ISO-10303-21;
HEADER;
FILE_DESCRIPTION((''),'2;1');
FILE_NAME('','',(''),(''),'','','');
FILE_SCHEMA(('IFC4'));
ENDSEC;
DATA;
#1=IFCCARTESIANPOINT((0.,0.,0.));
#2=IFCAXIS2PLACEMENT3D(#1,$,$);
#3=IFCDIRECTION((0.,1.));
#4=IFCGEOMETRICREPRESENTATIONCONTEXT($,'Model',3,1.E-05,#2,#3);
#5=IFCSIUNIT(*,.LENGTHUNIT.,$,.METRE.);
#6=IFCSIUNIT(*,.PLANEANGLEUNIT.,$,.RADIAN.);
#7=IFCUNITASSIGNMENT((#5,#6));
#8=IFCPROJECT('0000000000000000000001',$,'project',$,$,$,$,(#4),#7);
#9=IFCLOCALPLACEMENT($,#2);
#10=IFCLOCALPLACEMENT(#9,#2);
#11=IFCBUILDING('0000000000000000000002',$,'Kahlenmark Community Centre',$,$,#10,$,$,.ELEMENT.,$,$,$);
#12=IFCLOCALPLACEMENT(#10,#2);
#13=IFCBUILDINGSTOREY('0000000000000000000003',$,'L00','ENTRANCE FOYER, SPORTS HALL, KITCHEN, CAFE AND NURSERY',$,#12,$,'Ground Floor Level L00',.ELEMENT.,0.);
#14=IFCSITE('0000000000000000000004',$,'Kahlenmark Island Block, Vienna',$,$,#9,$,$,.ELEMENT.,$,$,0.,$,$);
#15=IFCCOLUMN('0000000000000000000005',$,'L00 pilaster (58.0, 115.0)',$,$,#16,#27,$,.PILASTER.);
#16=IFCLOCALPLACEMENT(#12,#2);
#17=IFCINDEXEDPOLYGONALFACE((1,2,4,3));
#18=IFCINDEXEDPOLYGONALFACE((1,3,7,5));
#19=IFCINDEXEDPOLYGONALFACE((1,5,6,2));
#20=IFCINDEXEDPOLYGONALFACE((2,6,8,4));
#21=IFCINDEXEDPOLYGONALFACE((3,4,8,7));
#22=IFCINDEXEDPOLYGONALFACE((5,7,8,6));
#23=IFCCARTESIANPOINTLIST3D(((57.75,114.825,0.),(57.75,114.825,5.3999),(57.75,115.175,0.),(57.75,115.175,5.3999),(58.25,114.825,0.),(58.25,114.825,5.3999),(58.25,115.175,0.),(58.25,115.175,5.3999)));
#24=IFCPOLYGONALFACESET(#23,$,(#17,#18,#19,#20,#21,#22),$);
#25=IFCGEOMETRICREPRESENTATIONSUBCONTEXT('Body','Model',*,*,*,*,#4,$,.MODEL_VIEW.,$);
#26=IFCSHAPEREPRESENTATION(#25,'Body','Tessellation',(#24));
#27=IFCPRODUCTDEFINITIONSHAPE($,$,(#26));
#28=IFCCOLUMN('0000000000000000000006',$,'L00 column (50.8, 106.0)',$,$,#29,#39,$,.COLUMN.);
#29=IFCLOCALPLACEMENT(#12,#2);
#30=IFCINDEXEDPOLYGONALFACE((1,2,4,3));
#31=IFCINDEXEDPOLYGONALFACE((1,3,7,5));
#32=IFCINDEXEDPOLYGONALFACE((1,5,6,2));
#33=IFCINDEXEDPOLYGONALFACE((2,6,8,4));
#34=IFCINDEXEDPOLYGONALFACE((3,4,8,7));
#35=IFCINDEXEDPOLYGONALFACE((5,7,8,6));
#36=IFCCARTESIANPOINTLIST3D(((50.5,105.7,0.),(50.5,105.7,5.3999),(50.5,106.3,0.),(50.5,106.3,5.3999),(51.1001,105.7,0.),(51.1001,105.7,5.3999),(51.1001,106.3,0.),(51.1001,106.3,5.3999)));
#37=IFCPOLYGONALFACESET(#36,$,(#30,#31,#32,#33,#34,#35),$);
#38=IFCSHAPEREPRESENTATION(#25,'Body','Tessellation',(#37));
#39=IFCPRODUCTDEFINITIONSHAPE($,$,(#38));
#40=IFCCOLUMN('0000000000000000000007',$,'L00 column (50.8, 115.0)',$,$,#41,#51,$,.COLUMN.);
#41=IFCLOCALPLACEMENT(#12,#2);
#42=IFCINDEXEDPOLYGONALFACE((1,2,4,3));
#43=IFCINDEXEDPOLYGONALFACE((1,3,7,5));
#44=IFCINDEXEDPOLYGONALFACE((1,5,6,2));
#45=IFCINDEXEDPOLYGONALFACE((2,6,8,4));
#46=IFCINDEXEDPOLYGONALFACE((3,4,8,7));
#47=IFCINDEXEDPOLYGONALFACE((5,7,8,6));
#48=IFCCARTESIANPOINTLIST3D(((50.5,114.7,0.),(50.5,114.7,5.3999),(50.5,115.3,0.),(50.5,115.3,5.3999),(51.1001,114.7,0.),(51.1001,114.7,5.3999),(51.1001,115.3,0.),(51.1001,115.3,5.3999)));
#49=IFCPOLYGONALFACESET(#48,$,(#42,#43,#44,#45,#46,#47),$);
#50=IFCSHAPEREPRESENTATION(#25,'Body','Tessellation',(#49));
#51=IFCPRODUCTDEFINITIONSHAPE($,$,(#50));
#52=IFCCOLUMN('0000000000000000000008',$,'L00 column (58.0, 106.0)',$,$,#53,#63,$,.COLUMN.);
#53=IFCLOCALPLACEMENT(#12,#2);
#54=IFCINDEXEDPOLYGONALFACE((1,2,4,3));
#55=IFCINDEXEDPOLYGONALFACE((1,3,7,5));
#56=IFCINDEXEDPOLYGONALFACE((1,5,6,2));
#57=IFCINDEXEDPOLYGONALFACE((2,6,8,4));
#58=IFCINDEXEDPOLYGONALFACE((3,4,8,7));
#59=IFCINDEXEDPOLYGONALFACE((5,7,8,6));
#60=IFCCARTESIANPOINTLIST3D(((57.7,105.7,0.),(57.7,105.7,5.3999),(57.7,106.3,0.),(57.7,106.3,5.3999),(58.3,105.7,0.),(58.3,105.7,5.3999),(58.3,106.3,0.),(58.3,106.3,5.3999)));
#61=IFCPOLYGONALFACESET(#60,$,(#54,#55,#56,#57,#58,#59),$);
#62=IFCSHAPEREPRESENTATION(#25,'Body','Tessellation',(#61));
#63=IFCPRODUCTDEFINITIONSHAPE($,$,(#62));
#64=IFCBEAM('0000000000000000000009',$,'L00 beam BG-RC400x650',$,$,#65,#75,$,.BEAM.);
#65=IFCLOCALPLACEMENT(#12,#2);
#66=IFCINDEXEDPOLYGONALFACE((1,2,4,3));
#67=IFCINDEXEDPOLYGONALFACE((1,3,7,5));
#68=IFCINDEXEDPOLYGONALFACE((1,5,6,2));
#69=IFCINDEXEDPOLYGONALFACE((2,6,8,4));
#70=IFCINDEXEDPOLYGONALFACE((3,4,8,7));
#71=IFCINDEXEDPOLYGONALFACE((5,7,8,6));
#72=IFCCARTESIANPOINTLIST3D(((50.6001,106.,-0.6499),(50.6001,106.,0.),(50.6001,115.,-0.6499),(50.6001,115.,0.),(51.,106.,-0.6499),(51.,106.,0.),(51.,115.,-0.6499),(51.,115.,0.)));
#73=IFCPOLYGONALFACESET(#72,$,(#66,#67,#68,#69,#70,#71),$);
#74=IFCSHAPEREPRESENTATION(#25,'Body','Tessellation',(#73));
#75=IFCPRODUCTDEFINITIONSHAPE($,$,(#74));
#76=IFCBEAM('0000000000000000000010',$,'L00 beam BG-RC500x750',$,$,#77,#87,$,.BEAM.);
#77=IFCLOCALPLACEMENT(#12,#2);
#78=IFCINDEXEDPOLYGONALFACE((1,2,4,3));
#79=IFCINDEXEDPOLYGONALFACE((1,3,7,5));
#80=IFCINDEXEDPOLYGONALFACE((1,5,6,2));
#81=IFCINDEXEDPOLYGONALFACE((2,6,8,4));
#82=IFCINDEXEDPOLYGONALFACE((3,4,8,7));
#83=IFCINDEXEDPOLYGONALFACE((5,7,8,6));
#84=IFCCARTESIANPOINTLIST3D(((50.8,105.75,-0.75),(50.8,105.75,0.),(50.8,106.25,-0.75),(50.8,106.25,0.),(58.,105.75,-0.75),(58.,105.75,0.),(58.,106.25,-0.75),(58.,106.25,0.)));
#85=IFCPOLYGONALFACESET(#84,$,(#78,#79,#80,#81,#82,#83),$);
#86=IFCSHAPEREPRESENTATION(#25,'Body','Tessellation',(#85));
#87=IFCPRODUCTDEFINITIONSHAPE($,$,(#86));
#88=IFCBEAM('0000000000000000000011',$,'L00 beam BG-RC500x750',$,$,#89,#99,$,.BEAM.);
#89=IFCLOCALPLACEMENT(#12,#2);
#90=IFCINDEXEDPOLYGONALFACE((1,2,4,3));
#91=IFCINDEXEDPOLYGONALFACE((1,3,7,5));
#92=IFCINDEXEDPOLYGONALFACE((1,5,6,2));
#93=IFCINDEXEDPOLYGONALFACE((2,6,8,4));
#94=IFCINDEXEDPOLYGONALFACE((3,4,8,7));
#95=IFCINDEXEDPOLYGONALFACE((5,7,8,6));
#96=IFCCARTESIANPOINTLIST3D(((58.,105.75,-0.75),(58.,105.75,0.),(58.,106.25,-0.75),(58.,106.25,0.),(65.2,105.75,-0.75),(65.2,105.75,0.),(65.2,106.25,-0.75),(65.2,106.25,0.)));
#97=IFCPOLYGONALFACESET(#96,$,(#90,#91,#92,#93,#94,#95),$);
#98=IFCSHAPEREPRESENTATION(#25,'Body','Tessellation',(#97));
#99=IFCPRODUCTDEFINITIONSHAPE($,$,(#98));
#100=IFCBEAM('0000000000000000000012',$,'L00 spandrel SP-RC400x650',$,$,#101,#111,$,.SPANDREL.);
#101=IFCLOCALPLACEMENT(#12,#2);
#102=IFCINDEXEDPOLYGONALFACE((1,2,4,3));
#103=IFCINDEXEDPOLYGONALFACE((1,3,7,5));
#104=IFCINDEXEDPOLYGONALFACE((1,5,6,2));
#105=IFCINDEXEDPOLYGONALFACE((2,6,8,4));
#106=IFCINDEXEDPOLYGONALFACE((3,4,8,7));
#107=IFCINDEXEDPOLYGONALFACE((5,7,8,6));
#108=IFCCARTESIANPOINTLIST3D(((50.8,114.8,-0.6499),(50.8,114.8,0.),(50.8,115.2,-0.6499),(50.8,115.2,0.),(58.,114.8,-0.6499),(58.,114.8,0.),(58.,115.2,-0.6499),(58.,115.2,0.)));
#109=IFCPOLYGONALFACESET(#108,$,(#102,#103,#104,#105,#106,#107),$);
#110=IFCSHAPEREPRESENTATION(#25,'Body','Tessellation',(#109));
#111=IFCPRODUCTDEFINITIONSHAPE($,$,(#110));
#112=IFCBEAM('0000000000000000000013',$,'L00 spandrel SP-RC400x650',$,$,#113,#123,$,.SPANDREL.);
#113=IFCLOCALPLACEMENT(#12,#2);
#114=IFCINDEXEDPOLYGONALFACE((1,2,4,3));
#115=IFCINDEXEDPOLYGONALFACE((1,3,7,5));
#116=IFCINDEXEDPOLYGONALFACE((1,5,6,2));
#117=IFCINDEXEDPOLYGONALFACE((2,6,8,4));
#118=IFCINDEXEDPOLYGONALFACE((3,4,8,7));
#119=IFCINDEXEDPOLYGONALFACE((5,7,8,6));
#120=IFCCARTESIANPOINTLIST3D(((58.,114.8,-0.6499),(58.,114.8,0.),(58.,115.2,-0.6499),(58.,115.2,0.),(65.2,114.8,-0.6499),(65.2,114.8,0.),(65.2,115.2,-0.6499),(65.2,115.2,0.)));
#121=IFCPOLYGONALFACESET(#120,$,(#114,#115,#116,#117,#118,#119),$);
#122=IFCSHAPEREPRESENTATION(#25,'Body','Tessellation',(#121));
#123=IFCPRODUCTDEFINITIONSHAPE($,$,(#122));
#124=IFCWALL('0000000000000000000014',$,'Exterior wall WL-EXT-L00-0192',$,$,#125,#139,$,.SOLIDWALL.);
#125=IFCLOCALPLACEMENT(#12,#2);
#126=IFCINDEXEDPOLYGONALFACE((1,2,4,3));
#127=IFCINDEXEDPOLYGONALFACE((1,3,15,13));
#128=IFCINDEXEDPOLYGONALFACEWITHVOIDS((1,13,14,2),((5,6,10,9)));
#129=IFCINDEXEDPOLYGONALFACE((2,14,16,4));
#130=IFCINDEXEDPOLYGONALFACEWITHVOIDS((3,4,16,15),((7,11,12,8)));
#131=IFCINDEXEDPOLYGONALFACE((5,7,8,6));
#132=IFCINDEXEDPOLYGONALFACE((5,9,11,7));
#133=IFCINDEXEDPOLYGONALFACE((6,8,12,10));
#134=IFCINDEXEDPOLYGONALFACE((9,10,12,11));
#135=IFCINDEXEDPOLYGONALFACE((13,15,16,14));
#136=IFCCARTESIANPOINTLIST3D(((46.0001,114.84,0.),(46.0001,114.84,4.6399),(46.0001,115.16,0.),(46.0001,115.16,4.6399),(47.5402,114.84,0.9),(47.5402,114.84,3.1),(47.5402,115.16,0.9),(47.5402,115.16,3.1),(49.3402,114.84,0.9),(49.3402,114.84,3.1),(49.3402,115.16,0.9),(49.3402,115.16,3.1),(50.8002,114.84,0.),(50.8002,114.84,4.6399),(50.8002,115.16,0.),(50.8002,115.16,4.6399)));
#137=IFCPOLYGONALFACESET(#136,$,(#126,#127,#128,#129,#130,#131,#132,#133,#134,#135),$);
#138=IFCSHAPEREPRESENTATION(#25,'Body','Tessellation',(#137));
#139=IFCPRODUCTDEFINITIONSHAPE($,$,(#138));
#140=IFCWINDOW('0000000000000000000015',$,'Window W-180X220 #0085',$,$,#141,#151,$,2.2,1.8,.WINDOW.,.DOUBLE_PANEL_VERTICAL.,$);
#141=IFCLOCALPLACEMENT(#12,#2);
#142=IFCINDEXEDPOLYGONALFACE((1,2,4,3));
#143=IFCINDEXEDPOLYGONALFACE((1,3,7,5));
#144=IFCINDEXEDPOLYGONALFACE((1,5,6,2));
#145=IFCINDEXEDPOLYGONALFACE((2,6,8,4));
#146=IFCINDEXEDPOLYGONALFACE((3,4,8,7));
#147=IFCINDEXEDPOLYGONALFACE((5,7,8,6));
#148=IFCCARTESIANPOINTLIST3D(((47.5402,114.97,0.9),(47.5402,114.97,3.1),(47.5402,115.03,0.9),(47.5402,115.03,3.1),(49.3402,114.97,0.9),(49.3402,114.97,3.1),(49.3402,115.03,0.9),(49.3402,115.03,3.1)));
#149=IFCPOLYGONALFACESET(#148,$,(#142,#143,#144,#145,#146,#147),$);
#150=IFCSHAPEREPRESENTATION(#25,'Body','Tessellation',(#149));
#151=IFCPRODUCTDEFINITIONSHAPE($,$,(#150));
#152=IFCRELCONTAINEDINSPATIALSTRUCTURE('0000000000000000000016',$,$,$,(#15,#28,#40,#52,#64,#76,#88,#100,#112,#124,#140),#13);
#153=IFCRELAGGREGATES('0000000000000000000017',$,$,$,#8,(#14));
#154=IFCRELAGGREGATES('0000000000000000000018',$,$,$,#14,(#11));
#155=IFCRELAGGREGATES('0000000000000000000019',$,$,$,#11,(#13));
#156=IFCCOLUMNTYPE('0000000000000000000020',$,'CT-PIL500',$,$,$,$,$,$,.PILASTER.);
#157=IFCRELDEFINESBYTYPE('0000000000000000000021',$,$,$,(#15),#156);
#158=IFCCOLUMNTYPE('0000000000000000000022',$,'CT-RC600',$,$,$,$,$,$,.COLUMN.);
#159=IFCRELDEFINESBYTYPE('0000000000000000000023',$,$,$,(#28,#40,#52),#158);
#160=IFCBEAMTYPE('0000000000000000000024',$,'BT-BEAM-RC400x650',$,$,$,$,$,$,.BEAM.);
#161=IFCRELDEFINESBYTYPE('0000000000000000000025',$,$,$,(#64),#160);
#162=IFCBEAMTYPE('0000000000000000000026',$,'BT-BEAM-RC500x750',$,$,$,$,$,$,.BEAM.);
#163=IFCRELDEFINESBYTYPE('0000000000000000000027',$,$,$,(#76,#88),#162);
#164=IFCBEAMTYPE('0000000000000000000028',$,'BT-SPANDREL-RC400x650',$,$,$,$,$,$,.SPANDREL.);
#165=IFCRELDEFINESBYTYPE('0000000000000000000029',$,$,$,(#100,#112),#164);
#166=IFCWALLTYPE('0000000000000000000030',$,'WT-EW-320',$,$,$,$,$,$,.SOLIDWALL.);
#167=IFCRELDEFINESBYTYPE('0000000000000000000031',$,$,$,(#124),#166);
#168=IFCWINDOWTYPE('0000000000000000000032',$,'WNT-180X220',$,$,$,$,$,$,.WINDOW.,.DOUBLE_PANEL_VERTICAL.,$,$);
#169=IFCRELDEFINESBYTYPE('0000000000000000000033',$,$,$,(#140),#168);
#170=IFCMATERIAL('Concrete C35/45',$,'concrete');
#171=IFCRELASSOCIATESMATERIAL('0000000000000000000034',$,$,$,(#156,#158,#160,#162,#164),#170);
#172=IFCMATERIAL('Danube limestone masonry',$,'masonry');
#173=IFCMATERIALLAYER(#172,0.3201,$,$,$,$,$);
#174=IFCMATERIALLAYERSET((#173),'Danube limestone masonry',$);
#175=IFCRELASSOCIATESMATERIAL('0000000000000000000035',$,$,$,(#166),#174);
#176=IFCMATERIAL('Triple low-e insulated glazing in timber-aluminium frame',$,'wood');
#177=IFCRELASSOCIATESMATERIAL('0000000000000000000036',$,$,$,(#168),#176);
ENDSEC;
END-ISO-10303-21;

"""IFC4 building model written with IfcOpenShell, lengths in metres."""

from ifc_helpers import new_model, si_unit, direction, frame, frame_2d, origin, origin_2d, place, context, subcontext, project, spatial, rectangle, extrude, material, layer, layer_set, material_profile, profile_set, type_object, element, fill, save


model = new_model("IFC4")

# Units and contexts
model_context = context("Model", 3, precision=1e-05, world=origin(), true_north=direction((0.0, 1.0)))
body_context = subcontext(model_context, "Body", "Model", "MODEL_VIEW")
ifc_project = project(units=[si_unit("LENGTHUNIT", "METRE"), si_unit("PLANEANGLEUNIT", "RADIAN")], contexts=[model_context])

# Site, building, storey
site_placement = place(None, origin())
site = spatial("IfcSite", under=ifc_project, at=site_placement, Name="Kahlenmark Island Block, Vienna", CompositionType="ELEMENT", RefElevation=0.0)
building_placement = place(site_placement, origin())
building = spatial("IfcBuilding", under=site, at=building_placement, Name="Kahlenmark Community Centre", CompositionType="ELEMENT")
storey_placement = place(building_placement, origin())
storey = spatial("IfcBuildingStorey", under=building, at=storey_placement, Name="L00", Description="ENTRANCE FOYER, SPORTS HALL, KITCHEN, CAFE AND NURSERY", LongName="Ground Floor Level L00", CompositionType="ELEMENT", Elevation=0.0)

# Columns
ifc_material_1 = material(Name="Concrete C35/45", Category="concrete")
ifc_material_profile_1 = material_profile(ifc_material_1, rectangle(XDim=0.5, YDim=0.3501, at=origin_2d()), Name="RC 500x350")
ifc_profile_set_1 = profile_set([ifc_material_profile_1], Name="Concrete C35/45")
column_type_1 = type_object("IfcColumnType", Name="CT-PIL500", PredefinedType="PILASTER", material=ifc_profile_set_1)
column_placement = place(storey_placement, frame((58.0, 115.0, 0.0), z_axis=(0.0, 0.0, 1.0), x_axis=(1.0, 0.0, 0.0)))
element("IfcColumn", 1, at=column_placement, inside=storey, type_object=column_type_1, Name="L00 pilaster (58.0, 115.0)", PredefinedType="PILASTER", context=body_context, shape_type="SweptSolid", body=[
    extrude(rectangle(XDim=0.5, YDim=0.3501, at=origin_2d()), origin(), (0.0, 0.0, 1.0), 5.3999),
])
ifc_material_profile_2 = material_profile(ifc_material_1, rectangle(XDim=0.6001, YDim=0.6001, at=origin_2d()), Name="RC 600x600")
ifc_profile_set_2 = profile_set([ifc_material_profile_2], Name="Concrete C35/45")
column_type_2 = type_object("IfcColumnType", Name="CT-RC600", PredefinedType="COLUMN", material=ifc_profile_set_2)
for number, where, z_axis, x_axis, name in (
    (2, (50.8, 106.0, 0.0), (0.0, 0.0, 1.0), (1.0, 0.0, 0.0), "L00 column (50.8, 106.0)"),
    (3, (50.8, 115.0, 0.0), (0.0, 0.0, 1.0), (1.0, 0.0, 0.0), "L00 column (50.8, 115.0)"),
    (4, (58.0, 106.0, 0.0), (0.0, 0.0, 1.0), (1.0, 0.0, 0.0), "L00 column (58.0, 106.0)"),
):
    element("IfcColumn", number, at=place(storey_placement, frame(where, z_axis=z_axis, x_axis=x_axis)), inside=storey, type_object=column_type_2, Name=name, PredefinedType="COLUMN", context=body_context, shape_type="SweptSolid", body=[
        extrude(rectangle(XDim=0.6001, YDim=0.6001, at=origin_2d()), origin(), (0.0, 0.0, 1.0), 5.3999),
    ])

# Beams
ifc_material_profile_3 = material_profile(ifc_material_1, rectangle(XDim=0.3999, YDim=0.6499, at=origin_2d()), Name="RC 400x650")
ifc_profile_set_3 = profile_set([ifc_material_profile_3], Name="Concrete C35/45")
beam_type_1 = type_object("IfcBeamType", Name="BT-BEAM-RC400x650", PredefinedType="BEAM", material=ifc_profile_set_3)
beam_placement = place(storey_placement, frame((50.8, 106.0, -0.325), z_axis=(0.0, 1.0, 0.0), x_axis=(-1.0, 0.0, 0.0)))
element("IfcBeam", 5, at=beam_placement, inside=storey, type_object=beam_type_1, Name="L00 beam BG-RC400x650", PredefinedType="BEAM", context=body_context, shape_type="SweptSolid", body=[
    extrude(rectangle(XDim=0.3999, YDim=0.6499, at=origin_2d()), origin(), (0.0, 0.0, 1.0), 9.0),
])
ifc_material_profile_4 = material_profile(ifc_material_1, rectangle(XDim=0.5, YDim=0.75, at=origin_2d()), Name="RC 500x750")
ifc_profile_set_4 = profile_set([ifc_material_profile_4], Name="Concrete C35/45")
beam_type_2 = type_object("IfcBeamType", Name="BT-BEAM-RC500x750", PredefinedType="BEAM", material=ifc_profile_set_4)
for number, where, z_axis, x_axis, name in (
    (6, (50.8, 106.0, -0.375), (1.0, 0.0, 0.0), (0.0, 1.0, 0.0), "L00 beam BG-RC500x750"),
    (7, (58.0, 106.0, -0.375), (1.0, 0.0, 0.0), (0.0, 1.0, 0.0), "L00 beam BG-RC500x750"),
):
    element("IfcBeam", number, at=place(storey_placement, frame(where, z_axis=z_axis, x_axis=x_axis)), inside=storey, type_object=beam_type_2, Name=name, PredefinedType="BEAM", context=body_context, shape_type="SweptSolid", body=[
        extrude(rectangle(XDim=0.5, YDim=0.75, at=origin_2d()), origin(), (0.0, 0.0, 1.0), 7.2),
    ])
ifc_material_profile_5 = material_profile(ifc_material_1, rectangle(XDim=0.3999, YDim=0.6499, at=origin_2d()), Name="RC 400x650")
ifc_profile_set_5 = profile_set([ifc_material_profile_5], Name="Concrete C35/45")
beam_type_3 = type_object("IfcBeamType", Name="BT-SPANDREL-RC400x650", PredefinedType="SPANDREL", material=ifc_profile_set_5)
for number, where, z_axis, x_axis, name in (
    (8, (50.8, 115.0, -0.325), (1.0, 0.0, 0.0), (0.0, 1.0, 0.0), "L00 spandrel SP-RC400x650"),
    (9, (58.0, 115.0, -0.325), (1.0, 0.0, 0.0), (0.0, 1.0, 0.0), "L00 spandrel SP-RC400x650"),
):
    element("IfcBeam", number, at=place(storey_placement, frame(where, z_axis=z_axis, x_axis=x_axis)), inside=storey, type_object=beam_type_3, Name=name, PredefinedType="SPANDREL", context=body_context, shape_type="SweptSolid", body=[
        extrude(rectangle(XDim=0.3999, YDim=0.6499, at=origin_2d()), origin(), (0.0, 0.0, 1.0), 7.2),
    ])

# Wall, opening, window
ifc_material_2 = material(Name="Danube limestone masonry", Category="masonry")
ifc_layer_1 = layer(ifc_material_2, 0.3201)
ifc_layer_set_1 = layer_set([ifc_layer_1], Name="Danube limestone masonry")
wall_type_1 = type_object("IfcWallType", Name="WT-EW-320", PredefinedType="SOLIDWALL", material=ifc_layer_set_1)
wall_1_placement = place(storey_placement, frame((50.8, 115.0, 0.0), z_axis=(0.0, 0.0, 1.0), x_axis=(-1.0, 0.0, 0.0)))
wall_1 = element("IfcWall", 10, at=wall_1_placement, inside=storey, type_object=wall_type_1, Name="Exterior wall WL-EXT-L00-0192", PredefinedType="SOLIDWALL", context=body_context, shape_type="SweptSolid", body=[
    extrude(rectangle(XDim=4.8, YDim=0.3201, at=frame_2d((2.3999, 0.0))), origin(), (0.0, 0.0, 1.0), 4.6399),
])
opening_1_placement = place(wall_1_placement, frame((1.46, 0.0, 0.8999)))
opening_1 = element("IfcOpeningElement", 11, at=opening_1_placement, cuts=wall_1, PredefinedType="OPENING", context=body_context, shape_type="SweptSolid", body=[
    extrude(rectangle(XDim=1.8, YDim=2.2, at=frame_2d((0.8999, 1.1001))), frame((0.0, 0.1699, 0.0), z_axis=(0.0, -1.0, 0.0), x_axis=(1.0, 0.0, 0.0)), (0.0, 0.0, 1.0), 0.3401),
])
ifc_material_3 = material(Name="Triple low-e insulated glazing in timber-aluminium frame", Category="wood")
window_type = type_object("IfcWindowType", Name="WNT-180X220", PartitioningType="DOUBLE_PANEL_VERTICAL", PredefinedType="WINDOW", material=ifc_material_3)
window_1_placement = place(opening_1_placement, origin())
window_1 = element("IfcWindow", 12, at=window_1_placement, inside=storey, type_object=window_type, Name="Window W-180X220 #0085", OverallHeight=2.2, OverallWidth=1.8, PartitioningType="DOUBLE_PANEL_VERTICAL", PredefinedType="WINDOW", context=body_context, shape_type="SweptSolid", body=[
    extrude(rectangle(XDim=1.8, YDim=2.2, at=frame_2d((0.8999, 1.1001))), frame((0.0, 0.03, 0.0), z_axis=(0.0, -1.0, 0.0), x_axis=(1.0, 0.0, 0.0)), (0.0, 0.0, 1.0), 0.0601),
])
fill(opening_1, window_1)

save(model, "model.ifc")
